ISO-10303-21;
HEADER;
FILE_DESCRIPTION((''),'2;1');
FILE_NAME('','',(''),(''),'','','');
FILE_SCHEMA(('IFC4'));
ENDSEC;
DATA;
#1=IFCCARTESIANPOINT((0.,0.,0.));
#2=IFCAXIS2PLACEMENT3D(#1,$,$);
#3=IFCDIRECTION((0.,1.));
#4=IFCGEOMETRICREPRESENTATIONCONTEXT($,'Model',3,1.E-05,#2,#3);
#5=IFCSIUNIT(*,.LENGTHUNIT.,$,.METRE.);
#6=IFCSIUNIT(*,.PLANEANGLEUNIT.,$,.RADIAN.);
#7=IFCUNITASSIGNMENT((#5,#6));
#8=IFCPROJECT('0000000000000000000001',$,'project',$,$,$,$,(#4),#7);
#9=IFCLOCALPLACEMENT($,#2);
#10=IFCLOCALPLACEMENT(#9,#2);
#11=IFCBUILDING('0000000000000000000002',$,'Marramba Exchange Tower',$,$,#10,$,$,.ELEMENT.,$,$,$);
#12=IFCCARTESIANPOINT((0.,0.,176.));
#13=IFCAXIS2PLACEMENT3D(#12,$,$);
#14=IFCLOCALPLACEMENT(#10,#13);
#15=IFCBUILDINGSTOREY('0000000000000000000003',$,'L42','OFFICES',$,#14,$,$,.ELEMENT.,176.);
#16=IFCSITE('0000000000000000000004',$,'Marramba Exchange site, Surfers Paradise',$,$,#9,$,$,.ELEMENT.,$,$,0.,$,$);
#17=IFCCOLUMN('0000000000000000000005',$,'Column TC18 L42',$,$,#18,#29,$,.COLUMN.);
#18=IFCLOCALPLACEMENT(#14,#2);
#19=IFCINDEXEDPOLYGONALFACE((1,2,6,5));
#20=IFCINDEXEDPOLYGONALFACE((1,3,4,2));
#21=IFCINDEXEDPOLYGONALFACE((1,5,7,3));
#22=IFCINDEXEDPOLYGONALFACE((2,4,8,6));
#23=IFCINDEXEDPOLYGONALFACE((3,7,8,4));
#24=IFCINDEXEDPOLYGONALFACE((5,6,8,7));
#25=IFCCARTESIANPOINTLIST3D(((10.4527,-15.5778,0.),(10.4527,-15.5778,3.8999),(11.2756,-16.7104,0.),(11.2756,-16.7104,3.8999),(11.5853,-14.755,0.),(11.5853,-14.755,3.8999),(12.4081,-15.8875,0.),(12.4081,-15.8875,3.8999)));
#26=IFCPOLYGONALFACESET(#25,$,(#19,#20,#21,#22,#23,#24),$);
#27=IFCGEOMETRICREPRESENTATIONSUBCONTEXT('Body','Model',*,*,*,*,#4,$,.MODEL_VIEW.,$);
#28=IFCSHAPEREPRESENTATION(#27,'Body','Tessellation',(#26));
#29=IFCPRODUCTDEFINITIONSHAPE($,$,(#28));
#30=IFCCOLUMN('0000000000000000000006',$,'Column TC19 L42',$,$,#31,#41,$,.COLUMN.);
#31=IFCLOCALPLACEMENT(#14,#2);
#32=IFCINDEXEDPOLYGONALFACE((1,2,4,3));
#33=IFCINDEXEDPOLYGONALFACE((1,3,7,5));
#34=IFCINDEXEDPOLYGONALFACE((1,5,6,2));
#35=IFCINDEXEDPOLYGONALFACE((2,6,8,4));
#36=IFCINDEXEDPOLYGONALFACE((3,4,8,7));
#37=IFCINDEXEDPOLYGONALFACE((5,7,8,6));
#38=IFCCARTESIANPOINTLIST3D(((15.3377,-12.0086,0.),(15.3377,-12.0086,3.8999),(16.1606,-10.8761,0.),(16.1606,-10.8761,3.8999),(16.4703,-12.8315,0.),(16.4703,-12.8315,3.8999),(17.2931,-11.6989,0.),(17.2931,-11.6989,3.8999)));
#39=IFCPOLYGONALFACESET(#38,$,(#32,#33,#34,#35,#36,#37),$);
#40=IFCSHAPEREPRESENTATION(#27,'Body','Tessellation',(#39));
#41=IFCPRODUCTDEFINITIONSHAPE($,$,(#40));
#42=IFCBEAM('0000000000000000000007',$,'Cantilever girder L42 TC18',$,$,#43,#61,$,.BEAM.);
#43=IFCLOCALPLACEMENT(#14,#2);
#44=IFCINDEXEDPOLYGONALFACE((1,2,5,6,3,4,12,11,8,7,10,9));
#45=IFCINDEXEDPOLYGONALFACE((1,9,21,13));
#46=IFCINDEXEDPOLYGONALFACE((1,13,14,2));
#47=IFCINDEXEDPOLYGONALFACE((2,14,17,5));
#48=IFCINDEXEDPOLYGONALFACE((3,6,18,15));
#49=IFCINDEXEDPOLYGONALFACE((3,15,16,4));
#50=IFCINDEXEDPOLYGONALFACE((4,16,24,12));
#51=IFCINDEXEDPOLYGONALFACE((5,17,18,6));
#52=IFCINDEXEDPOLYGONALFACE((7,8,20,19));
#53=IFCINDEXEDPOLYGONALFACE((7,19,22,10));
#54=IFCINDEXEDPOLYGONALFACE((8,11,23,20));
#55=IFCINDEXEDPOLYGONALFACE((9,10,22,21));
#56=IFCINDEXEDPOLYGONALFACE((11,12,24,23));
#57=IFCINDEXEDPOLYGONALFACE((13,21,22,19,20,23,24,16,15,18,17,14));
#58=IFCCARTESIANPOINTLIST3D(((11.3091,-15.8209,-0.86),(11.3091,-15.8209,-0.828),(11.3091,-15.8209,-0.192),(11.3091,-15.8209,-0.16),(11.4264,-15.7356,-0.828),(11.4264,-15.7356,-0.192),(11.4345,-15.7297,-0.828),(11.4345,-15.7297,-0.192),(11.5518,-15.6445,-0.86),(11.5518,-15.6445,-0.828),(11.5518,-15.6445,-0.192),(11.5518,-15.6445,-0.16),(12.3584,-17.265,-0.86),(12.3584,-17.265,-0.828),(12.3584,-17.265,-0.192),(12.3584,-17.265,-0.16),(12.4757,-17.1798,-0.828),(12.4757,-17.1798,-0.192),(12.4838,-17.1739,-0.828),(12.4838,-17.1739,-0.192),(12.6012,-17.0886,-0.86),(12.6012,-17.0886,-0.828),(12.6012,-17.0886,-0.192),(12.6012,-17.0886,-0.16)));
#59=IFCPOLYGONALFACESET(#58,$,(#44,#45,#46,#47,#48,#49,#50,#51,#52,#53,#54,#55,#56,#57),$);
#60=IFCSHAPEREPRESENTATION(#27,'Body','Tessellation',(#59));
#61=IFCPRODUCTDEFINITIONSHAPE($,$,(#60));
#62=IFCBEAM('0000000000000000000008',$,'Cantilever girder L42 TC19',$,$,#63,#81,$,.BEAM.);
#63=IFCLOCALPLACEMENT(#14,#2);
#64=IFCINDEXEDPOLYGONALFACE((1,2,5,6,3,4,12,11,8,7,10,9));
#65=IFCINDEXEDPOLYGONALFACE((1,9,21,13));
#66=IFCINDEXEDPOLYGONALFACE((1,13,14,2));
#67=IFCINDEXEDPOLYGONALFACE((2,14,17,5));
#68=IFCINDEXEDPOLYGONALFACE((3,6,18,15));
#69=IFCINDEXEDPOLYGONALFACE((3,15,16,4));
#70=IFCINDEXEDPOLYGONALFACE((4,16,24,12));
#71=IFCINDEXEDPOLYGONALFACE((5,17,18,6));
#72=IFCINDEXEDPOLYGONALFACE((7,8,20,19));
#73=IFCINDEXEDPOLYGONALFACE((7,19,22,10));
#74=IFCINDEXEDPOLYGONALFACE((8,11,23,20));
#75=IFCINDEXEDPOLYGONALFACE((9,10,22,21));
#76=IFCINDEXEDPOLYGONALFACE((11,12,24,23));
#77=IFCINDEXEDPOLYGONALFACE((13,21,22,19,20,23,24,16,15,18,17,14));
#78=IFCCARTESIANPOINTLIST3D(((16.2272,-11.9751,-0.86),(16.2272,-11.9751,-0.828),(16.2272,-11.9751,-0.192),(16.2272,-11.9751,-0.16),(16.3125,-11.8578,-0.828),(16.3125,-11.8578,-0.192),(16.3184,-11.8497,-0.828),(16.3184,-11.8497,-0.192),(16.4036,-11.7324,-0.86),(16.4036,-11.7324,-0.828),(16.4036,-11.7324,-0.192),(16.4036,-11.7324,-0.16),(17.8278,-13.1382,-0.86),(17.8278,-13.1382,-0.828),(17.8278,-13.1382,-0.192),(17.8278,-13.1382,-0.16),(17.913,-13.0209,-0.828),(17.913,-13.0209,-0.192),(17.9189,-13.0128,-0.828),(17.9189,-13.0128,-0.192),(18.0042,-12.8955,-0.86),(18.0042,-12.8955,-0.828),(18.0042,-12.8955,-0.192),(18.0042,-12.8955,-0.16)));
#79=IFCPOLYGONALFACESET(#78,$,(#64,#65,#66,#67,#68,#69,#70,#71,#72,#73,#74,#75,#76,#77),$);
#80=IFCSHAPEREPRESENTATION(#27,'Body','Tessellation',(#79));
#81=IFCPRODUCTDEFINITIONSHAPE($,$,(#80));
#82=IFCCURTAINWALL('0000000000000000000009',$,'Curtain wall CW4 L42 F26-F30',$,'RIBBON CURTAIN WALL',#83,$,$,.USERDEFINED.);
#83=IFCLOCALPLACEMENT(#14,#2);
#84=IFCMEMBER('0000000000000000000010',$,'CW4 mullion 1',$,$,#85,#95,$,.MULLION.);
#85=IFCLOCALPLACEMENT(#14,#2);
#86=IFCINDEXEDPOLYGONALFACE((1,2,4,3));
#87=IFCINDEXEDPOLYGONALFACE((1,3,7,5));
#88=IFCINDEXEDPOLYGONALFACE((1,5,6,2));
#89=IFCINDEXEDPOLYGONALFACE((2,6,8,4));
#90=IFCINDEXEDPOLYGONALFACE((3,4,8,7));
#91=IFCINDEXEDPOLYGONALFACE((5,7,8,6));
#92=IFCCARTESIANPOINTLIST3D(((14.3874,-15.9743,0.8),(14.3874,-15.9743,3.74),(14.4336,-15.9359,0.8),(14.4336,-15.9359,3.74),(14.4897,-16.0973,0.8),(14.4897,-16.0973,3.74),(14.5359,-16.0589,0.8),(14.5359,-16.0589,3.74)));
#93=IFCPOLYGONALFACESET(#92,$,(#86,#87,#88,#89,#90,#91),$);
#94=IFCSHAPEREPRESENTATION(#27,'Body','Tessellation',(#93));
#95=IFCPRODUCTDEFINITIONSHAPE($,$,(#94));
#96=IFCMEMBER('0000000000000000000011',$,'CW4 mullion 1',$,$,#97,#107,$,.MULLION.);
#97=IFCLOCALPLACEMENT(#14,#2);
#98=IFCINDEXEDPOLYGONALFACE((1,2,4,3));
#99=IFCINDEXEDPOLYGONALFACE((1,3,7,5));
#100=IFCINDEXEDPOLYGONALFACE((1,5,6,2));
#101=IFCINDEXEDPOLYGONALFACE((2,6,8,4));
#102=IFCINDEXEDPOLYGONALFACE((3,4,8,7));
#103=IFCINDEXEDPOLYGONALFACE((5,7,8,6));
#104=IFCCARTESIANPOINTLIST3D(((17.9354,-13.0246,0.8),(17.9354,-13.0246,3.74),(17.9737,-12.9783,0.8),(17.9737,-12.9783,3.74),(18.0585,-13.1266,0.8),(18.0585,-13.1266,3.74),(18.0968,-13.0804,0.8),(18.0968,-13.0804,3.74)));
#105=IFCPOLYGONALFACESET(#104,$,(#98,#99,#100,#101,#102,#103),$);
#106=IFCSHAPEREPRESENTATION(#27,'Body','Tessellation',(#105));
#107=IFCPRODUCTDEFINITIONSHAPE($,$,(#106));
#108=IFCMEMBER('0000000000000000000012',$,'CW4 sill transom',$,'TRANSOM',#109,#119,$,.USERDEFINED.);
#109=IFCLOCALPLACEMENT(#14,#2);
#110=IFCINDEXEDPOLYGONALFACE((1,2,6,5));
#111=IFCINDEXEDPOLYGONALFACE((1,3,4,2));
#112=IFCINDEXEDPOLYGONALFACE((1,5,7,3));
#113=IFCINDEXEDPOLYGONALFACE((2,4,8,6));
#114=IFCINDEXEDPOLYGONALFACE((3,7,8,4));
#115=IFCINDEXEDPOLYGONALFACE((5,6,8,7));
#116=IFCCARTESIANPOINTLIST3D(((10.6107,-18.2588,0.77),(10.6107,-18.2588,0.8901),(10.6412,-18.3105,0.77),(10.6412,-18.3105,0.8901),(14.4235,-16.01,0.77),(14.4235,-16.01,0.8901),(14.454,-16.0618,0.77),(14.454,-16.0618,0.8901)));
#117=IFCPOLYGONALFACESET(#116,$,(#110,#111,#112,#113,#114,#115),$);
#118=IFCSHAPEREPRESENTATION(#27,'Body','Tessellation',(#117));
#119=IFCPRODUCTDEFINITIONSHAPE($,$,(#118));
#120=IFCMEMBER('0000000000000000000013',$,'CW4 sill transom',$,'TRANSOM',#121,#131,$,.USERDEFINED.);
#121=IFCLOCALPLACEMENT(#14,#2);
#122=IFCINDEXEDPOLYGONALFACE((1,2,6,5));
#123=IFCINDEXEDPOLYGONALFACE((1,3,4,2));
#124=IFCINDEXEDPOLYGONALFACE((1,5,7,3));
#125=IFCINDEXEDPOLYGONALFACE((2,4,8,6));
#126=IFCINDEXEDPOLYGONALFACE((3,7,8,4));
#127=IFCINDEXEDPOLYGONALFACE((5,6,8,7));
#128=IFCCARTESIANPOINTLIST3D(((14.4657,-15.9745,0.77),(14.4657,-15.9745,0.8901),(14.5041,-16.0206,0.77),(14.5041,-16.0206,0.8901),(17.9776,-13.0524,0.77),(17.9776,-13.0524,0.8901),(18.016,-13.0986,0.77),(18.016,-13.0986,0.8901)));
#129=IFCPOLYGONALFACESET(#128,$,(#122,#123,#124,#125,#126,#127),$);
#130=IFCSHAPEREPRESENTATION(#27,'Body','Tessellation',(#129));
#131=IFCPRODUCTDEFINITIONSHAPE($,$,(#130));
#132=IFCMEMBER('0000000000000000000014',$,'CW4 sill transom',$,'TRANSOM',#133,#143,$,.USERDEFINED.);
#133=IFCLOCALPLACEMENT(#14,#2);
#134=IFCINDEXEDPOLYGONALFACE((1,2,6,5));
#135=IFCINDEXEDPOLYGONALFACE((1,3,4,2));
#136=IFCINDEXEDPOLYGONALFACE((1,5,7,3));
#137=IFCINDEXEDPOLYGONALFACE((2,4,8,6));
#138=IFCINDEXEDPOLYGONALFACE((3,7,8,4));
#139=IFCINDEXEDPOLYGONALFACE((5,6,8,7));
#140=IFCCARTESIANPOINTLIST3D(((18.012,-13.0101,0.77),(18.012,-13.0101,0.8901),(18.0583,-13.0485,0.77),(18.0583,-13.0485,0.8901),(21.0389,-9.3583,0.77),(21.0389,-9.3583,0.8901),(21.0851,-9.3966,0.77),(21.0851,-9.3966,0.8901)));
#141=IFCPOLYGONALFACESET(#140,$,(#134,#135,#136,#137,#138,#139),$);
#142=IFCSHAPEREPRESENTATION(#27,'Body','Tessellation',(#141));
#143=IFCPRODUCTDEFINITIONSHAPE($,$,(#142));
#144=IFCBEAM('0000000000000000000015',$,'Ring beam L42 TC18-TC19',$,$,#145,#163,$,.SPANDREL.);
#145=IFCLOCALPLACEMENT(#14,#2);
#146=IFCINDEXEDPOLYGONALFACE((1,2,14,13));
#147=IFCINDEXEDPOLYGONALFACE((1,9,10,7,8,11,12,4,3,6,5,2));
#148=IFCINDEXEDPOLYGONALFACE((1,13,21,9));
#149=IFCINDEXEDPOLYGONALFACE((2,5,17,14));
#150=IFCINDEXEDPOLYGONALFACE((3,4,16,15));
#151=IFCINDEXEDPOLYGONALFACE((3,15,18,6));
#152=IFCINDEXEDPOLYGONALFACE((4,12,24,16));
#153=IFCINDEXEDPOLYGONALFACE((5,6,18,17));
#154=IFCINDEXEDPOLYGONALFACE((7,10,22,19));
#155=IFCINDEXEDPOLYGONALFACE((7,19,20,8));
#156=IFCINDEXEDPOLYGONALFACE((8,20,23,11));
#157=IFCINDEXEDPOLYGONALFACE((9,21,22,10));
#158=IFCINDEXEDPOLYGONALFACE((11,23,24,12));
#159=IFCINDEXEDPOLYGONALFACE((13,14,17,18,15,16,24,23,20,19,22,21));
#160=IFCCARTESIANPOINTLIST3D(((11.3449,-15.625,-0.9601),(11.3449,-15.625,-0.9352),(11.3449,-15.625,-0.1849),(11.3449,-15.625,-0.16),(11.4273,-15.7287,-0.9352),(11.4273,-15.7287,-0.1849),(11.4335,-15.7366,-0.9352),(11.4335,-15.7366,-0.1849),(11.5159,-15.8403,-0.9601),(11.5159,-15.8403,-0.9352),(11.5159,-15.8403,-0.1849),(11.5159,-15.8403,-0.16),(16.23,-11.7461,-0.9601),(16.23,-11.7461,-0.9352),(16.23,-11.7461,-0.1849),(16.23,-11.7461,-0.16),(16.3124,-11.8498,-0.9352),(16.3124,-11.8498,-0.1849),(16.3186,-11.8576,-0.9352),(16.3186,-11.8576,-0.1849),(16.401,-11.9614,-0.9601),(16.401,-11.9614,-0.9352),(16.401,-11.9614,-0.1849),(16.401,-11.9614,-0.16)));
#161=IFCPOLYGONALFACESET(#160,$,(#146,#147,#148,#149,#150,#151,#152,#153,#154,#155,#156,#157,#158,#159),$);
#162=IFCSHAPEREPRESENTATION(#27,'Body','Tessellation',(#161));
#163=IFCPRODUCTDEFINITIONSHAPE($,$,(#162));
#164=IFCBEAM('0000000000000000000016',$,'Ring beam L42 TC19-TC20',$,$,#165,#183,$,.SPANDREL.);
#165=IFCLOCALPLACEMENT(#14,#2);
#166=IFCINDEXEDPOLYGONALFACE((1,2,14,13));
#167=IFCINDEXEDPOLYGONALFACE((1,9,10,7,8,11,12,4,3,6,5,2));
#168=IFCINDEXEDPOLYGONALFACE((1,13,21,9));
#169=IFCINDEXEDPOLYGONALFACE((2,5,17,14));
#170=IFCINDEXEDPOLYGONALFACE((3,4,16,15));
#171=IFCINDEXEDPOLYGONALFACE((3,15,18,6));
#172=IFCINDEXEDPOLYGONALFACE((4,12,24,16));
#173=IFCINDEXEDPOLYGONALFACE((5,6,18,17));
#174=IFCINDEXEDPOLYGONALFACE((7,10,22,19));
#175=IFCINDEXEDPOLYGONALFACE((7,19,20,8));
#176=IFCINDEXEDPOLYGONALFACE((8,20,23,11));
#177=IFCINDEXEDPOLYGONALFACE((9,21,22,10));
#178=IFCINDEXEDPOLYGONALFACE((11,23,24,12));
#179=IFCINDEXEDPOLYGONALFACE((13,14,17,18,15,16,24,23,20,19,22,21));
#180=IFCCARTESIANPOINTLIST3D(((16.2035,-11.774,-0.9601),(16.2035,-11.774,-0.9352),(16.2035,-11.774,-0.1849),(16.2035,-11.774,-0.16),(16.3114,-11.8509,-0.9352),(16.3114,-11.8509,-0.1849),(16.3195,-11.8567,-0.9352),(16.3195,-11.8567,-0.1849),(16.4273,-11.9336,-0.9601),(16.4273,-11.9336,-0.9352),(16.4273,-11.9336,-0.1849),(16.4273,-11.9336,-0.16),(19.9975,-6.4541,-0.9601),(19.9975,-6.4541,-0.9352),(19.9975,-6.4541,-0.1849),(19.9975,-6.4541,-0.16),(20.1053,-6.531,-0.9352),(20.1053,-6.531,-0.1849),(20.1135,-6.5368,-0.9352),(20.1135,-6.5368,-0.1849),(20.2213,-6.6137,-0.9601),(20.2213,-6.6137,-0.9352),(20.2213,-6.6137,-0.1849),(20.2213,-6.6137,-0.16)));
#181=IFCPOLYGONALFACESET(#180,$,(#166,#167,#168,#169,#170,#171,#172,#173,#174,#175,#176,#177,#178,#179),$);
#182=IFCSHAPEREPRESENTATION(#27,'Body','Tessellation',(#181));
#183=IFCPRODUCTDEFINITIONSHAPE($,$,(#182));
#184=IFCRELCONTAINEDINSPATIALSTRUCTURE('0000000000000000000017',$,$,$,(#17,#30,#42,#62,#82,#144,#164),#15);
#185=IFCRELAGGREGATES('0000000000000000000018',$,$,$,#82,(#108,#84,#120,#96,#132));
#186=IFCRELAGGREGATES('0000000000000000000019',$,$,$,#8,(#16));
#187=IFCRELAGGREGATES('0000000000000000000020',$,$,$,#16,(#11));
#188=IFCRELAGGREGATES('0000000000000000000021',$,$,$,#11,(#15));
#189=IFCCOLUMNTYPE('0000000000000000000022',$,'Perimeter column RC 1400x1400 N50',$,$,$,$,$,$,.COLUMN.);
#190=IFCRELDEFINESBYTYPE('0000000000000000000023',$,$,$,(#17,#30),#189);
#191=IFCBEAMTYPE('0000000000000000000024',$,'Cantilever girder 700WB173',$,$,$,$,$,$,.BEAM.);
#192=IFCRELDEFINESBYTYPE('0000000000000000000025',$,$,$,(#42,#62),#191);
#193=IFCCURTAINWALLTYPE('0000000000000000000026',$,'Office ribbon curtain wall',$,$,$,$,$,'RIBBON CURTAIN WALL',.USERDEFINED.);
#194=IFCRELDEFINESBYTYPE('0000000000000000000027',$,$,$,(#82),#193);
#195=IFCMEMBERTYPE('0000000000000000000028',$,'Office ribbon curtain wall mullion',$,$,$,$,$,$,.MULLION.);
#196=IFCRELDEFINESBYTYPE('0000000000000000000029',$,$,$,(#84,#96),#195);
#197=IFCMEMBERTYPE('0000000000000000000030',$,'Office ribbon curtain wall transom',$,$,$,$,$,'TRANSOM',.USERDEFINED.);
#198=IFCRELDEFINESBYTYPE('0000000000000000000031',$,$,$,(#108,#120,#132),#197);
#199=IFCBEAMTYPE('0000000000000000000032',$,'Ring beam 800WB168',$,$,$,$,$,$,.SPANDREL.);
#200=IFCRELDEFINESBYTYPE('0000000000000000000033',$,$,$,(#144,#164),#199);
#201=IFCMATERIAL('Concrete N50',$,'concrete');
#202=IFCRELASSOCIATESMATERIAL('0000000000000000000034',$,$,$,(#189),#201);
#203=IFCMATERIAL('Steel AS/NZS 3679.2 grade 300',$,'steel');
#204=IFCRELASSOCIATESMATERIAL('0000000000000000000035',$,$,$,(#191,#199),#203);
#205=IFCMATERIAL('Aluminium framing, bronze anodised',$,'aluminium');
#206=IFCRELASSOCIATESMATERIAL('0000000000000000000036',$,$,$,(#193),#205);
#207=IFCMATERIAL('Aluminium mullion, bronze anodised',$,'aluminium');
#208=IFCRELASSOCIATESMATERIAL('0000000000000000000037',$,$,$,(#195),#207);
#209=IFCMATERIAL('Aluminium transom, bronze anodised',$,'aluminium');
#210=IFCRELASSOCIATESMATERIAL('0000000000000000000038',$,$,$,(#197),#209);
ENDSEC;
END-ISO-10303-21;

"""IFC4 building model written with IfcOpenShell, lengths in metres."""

from ifc_helpers import new_model, si_unit, direction, frame, origin, origin_2d, place, context, subcontext, project, spatial, rectangle, i_section, extrude, material, material_profile, profile_set, type_object, element, aggregate, save


model = new_model("IFC4")

# Units and contexts
model_context = context("Model", 3, precision=1e-05, world=origin(), true_north=direction((0.0, 1.0)))
body_context = subcontext(model_context, "Body", "Model", "MODEL_VIEW")
ifc_project = project(units=[si_unit("LENGTHUNIT", "METRE"), si_unit("PLANEANGLEUNIT", "RADIAN")], contexts=[model_context])

# Site, building, storey
site_placement = place(None, origin())
site = spatial("IfcSite", under=ifc_project, at=site_placement, Name="Marramba Exchange site, Surfers Paradise", CompositionType="ELEMENT", RefElevation=0.0)
building_placement = place(site_placement, origin())
building = spatial("IfcBuilding", under=site, at=building_placement, Name="Marramba Exchange Tower", CompositionType="ELEMENT")
storey_placement = place(building_placement, frame((0.0, 0.0, 176.0)))
storey = spatial("IfcBuildingStorey", under=building, at=storey_placement, Name="L42", Description="OFFICES", CompositionType="ELEMENT", Elevation=176.0)

# Columns
ifc_material_1 = material(Name="Concrete N50", Category="concrete")
ifc_material_profile_1 = material_profile(ifc_material_1, rectangle(XDim=1.3999, YDim=1.3999, at=origin_2d()), Name="RC 1400x1400")
ifc_profile_set_1 = profile_set([ifc_material_profile_1], Name="Concrete N50")
column_type = type_object("IfcColumnType", Name="Perimeter column RC 1400x1400 N50", PredefinedType="COLUMN", material=ifc_profile_set_1)
for number, where, z_axis, x_axis, name in (
    (1, (11.4304, -15.7327, 0.0), (0.0, 0.0, 1.0), (0.587785, -0.809017, 0.0), "Column TC18 L42"),
    (2, (16.3154, -11.8538, 0.0), (0.0, 0.0, 1.0), (0.809017, -0.587785, 0.0), "Column TC19 L42"),
):
    element("IfcColumn", number, at=place(storey_placement, frame(where, z_axis=z_axis, x_axis=x_axis)), inside=storey, type_object=column_type, Name=name, PredefinedType="COLUMN", context=body_context, shape_type="SweptSolid", body=[
        extrude(rectangle(XDim=1.3999, YDim=1.3999, at=origin_2d()), origin(), (0.0, 0.0, 1.0), 3.8999),
    ])

# Beams
ifc_material_2 = material(Name="Steel AS/NZS 3679.2 grade 300", Category="steel")
ifc_material_profile_2 = material_profile(ifc_material_2, i_section(OverallWidth=0.3, OverallDepth=0.7, WebThickness=0.01, FlangeThickness=0.032, at=origin_2d()), Name="700WB173")
ifc_profile_set_2 = profile_set([ifc_material_profile_2], Name="Steel AS/NZS 3679.2 grade 300")
beam_type_1 = type_object("IfcBeamType", Name="Cantilever girder 700WB173", PredefinedType="BEAM", material=ifc_profile_set_2)
beam_1_placement = place(storey_placement, frame((11.4304, -15.7327, -0.51), z_axis=(0.58783, -0.808984, 0.0), x_axis=(0.808984, 0.58783, 0.0)))
element("IfcBeam", 3, at=beam_1_placement, inside=storey, type_object=beam_type_1, Name="Cantilever girder L42 TC18", PredefinedType="BEAM", context=body_context, shape_type="SweptSolid", body=[
    extrude(i_section(OverallWidth=0.3, OverallDepth=0.7, WebThickness=0.01, FlangeThickness=0.032, at=origin_2d()), origin(), (0.0, 0.0, 1.0), 1.7852),
])
beam_2_placement = place(storey_placement, frame((16.3154, -11.8538, -0.51), z_axis=(0.808971, -0.587849, 0.0), x_axis=(0.587849, 0.808971, 0.0)))
element("IfcBeam", 4, at=beam_2_placement, inside=storey, type_object=beam_type_1, Name="Cantilever girder L42 TC19", PredefinedType="BEAM", context=body_context, shape_type="SweptSolid", body=[
    extrude(i_section(OverallWidth=0.3, OverallDepth=0.7, WebThickness=0.01, FlangeThickness=0.032, at=origin_2d()), origin(), (0.0, 0.0, 1.0), 1.9785),
])

# Curtain wall, members
ifc_material_3 = material(Name="Aluminium framing, bronze anodised", Category="aluminium")
curtain_wall_type = type_object("IfcCurtainWallType", Name="Office ribbon curtain wall", ElementType="RIBBON CURTAIN WALL", PredefinedType="USERDEFINED", material=ifc_material_3)
curtain_wall_placement = place(storey_placement, origin())
curtain_wall = element("IfcCurtainWall", 5, at=curtain_wall_placement, inside=storey, type_object=curtain_wall_type, Name="Curtain wall CW4 L42 F26-F30", ObjectType="RIBBON CURTAIN WALL", PredefinedType="USERDEFINED")
ifc_material_4 = material(Name="Aluminium mullion, bronze anodised", Category="aluminium")
ifc_material_profile_3 = material_profile(ifc_material_4, rectangle(XDim=0.1599, YDim=0.0601, at=origin_2d()), Name="CW4 mullion 60x160")
ifc_profile_set_3 = profile_set([ifc_material_profile_3], Name="Aluminium mullion, bronze anodised")
member_type_1 = type_object("IfcMemberType", Name="Office ribbon curtain wall mullion", PredefinedType="MULLION", material=ifc_profile_set_3)
member_1_placement = place(storey_placement, frame((14.4617, -16.0166, 0.8), z_axis=(0.0, 0.0, 1.0), x_axis=(-0.639565, 0.768737, 0.0)))
member_1 = element("IfcMember", 6, at=member_1_placement, type_object=member_type_1, Name="CW4 mullion 1", PredefinedType="MULLION", context=body_context, shape_type="SweptSolid", body=[
    extrude(rectangle(XDim=0.1599, YDim=0.0601, at=origin_2d()), origin(), (0.0, 0.0, 1.0), 2.9399),
])
member_2_placement = place(storey_placement, frame((18.0161, -13.0525, 0.8), z_axis=(0.0, 0.0, 1.0), x_axis=(-0.769912, 0.63815, 0.0)))
member_2 = element("IfcMember", 7, at=member_2_placement, type_object=member_type_1, Name="CW4 mullion 1", PredefinedType="MULLION", context=body_context, shape_type="SweptSolid", body=[
    extrude(rectangle(XDim=0.1599, YDim=0.0601, at=origin_2d()), origin(), (0.0, 0.0, 1.0), 2.9399),
])
ifc_material_5 = material(Name="Aluminium transom, bronze anodised", Category="aluminium")
ifc_material_profile_4 = material_profile(ifc_material_5, rectangle(XDim=0.0601, YDim=0.1201, at=origin_2d()), Name="CW4 transom 60x120")
ifc_profile_set_4 = profile_set([ifc_material_profile_4], Name="Aluminium transom, bronze anodised")
member_type_2 = type_object("IfcMemberType", Name="Office ribbon curtain wall transom", ElementType="TRANSOM", PredefinedType="USERDEFINED", material=ifc_profile_set_4)
member_3_placement = place(storey_placement, frame((10.626, -18.2847, 0.8301), z_axis=(0.861342, 0.508025, 0.0), x_axis=(-0.508025, 0.861342, 0.0)))
member_3 = element("IfcMember", 8, at=member_3_placement, type_object=member_type_2, Name="CW4 sill transom", ObjectType="TRANSOM", PredefinedType="USERDEFINED", context=body_context, shape_type="SweptSolid", body=[
    extrude(rectangle(XDim=0.0601, YDim=0.1201, at=origin_2d()), origin(), (0.0, 0.0, 1.0), 4.4265),
])
member_4_placement = place(storey_placement, frame((14.4849, -15.9976, 0.8301), z_axis=(0.768707, 0.639601, 0.0), x_axis=(-0.639601, 0.768707, 0.0)))
member_4 = element("IfcMember", 9, at=member_4_placement, type_object=member_type_2, Name="CW4 sill transom", ObjectType="TRANSOM", PredefinedType="USERDEFINED", context=body_context, shape_type="SweptSolid", body=[
    extrude(rectangle(XDim=0.0601, YDim=0.1201, at=origin_2d()), origin(), (0.0, 0.0, 1.0), 4.5686),
])
member_5_placement = place(storey_placement, frame((18.0352, -13.0293, 0.8301), z_axis=(0.638147, 0.769915, 0.0), x_axis=(-0.769915, 0.638147, 0.0)))
member_5 = element("IfcMember", 10, at=member_5_placement, type_object=member_type_2, Name="CW4 sill transom", ObjectType="TRANSOM", PredefinedType="USERDEFINED", context=body_context, shape_type="SweptSolid", body=[
    extrude(rectangle(XDim=0.0601, YDim=0.1201, at=origin_2d()), origin(), (0.0, 0.0, 1.0), 4.7432),
])

# Beams
ifc_material_profile_5 = material_profile(ifc_material_2, i_section(OverallWidth=0.2749, OverallDepth=0.8, WebThickness=0.01, FlangeThickness=0.0249, at=origin_2d()), Name="800WB168")
ifc_profile_set_5 = profile_set([ifc_material_profile_5], Name="Steel AS/NZS 3679.2 grade 300")
beam_type_2 = type_object("IfcBeamType", Name="Ring beam 800WB168", PredefinedType="SPANDREL", material=ifc_profile_set_5)
beam_3_placement = place(storey_placement, frame((11.4304, -15.7327, -0.5601), z_axis=(0.783139, 0.621846, 0.0), x_axis=(-0.621846, 0.783139, 0.0)))
element("IfcBeam", 11, at=beam_3_placement, inside=storey, type_object=beam_type_2, Name="Ring beam L42 TC18-TC19", PredefinedType="SPANDREL", context=body_context, shape_type="SweptSolid", body=[
    extrude(i_section(OverallWidth=0.2749, OverallDepth=0.8, WebThickness=0.01, FlangeThickness=0.0249, at=origin_2d()), origin(), (0.0, 0.0, 1.0), 6.2378),
])
beam_4_placement = place(storey_placement, frame((16.3154, -11.8538, -0.5601), z_axis=(0.580637, 0.814162, 0.0), x_axis=(-0.814162, 0.580637, 0.0)))
element("IfcBeam", 12, at=beam_4_placement, inside=storey, type_object=beam_type_2, Name="Ring beam L42 TC19-TC20", PredefinedType="SPANDREL", context=body_context, shape_type="SweptSolid", body=[
    extrude(i_section(OverallWidth=0.2749, OverallDepth=0.8, WebThickness=0.01, FlangeThickness=0.0249, at=origin_2d()), origin(), (0.0, 0.0, 1.0), 6.5342),
])

aggregate(curtain_wall, [member_3, member_1, member_4, member_2, member_5])

save(model, "model.ifc")
